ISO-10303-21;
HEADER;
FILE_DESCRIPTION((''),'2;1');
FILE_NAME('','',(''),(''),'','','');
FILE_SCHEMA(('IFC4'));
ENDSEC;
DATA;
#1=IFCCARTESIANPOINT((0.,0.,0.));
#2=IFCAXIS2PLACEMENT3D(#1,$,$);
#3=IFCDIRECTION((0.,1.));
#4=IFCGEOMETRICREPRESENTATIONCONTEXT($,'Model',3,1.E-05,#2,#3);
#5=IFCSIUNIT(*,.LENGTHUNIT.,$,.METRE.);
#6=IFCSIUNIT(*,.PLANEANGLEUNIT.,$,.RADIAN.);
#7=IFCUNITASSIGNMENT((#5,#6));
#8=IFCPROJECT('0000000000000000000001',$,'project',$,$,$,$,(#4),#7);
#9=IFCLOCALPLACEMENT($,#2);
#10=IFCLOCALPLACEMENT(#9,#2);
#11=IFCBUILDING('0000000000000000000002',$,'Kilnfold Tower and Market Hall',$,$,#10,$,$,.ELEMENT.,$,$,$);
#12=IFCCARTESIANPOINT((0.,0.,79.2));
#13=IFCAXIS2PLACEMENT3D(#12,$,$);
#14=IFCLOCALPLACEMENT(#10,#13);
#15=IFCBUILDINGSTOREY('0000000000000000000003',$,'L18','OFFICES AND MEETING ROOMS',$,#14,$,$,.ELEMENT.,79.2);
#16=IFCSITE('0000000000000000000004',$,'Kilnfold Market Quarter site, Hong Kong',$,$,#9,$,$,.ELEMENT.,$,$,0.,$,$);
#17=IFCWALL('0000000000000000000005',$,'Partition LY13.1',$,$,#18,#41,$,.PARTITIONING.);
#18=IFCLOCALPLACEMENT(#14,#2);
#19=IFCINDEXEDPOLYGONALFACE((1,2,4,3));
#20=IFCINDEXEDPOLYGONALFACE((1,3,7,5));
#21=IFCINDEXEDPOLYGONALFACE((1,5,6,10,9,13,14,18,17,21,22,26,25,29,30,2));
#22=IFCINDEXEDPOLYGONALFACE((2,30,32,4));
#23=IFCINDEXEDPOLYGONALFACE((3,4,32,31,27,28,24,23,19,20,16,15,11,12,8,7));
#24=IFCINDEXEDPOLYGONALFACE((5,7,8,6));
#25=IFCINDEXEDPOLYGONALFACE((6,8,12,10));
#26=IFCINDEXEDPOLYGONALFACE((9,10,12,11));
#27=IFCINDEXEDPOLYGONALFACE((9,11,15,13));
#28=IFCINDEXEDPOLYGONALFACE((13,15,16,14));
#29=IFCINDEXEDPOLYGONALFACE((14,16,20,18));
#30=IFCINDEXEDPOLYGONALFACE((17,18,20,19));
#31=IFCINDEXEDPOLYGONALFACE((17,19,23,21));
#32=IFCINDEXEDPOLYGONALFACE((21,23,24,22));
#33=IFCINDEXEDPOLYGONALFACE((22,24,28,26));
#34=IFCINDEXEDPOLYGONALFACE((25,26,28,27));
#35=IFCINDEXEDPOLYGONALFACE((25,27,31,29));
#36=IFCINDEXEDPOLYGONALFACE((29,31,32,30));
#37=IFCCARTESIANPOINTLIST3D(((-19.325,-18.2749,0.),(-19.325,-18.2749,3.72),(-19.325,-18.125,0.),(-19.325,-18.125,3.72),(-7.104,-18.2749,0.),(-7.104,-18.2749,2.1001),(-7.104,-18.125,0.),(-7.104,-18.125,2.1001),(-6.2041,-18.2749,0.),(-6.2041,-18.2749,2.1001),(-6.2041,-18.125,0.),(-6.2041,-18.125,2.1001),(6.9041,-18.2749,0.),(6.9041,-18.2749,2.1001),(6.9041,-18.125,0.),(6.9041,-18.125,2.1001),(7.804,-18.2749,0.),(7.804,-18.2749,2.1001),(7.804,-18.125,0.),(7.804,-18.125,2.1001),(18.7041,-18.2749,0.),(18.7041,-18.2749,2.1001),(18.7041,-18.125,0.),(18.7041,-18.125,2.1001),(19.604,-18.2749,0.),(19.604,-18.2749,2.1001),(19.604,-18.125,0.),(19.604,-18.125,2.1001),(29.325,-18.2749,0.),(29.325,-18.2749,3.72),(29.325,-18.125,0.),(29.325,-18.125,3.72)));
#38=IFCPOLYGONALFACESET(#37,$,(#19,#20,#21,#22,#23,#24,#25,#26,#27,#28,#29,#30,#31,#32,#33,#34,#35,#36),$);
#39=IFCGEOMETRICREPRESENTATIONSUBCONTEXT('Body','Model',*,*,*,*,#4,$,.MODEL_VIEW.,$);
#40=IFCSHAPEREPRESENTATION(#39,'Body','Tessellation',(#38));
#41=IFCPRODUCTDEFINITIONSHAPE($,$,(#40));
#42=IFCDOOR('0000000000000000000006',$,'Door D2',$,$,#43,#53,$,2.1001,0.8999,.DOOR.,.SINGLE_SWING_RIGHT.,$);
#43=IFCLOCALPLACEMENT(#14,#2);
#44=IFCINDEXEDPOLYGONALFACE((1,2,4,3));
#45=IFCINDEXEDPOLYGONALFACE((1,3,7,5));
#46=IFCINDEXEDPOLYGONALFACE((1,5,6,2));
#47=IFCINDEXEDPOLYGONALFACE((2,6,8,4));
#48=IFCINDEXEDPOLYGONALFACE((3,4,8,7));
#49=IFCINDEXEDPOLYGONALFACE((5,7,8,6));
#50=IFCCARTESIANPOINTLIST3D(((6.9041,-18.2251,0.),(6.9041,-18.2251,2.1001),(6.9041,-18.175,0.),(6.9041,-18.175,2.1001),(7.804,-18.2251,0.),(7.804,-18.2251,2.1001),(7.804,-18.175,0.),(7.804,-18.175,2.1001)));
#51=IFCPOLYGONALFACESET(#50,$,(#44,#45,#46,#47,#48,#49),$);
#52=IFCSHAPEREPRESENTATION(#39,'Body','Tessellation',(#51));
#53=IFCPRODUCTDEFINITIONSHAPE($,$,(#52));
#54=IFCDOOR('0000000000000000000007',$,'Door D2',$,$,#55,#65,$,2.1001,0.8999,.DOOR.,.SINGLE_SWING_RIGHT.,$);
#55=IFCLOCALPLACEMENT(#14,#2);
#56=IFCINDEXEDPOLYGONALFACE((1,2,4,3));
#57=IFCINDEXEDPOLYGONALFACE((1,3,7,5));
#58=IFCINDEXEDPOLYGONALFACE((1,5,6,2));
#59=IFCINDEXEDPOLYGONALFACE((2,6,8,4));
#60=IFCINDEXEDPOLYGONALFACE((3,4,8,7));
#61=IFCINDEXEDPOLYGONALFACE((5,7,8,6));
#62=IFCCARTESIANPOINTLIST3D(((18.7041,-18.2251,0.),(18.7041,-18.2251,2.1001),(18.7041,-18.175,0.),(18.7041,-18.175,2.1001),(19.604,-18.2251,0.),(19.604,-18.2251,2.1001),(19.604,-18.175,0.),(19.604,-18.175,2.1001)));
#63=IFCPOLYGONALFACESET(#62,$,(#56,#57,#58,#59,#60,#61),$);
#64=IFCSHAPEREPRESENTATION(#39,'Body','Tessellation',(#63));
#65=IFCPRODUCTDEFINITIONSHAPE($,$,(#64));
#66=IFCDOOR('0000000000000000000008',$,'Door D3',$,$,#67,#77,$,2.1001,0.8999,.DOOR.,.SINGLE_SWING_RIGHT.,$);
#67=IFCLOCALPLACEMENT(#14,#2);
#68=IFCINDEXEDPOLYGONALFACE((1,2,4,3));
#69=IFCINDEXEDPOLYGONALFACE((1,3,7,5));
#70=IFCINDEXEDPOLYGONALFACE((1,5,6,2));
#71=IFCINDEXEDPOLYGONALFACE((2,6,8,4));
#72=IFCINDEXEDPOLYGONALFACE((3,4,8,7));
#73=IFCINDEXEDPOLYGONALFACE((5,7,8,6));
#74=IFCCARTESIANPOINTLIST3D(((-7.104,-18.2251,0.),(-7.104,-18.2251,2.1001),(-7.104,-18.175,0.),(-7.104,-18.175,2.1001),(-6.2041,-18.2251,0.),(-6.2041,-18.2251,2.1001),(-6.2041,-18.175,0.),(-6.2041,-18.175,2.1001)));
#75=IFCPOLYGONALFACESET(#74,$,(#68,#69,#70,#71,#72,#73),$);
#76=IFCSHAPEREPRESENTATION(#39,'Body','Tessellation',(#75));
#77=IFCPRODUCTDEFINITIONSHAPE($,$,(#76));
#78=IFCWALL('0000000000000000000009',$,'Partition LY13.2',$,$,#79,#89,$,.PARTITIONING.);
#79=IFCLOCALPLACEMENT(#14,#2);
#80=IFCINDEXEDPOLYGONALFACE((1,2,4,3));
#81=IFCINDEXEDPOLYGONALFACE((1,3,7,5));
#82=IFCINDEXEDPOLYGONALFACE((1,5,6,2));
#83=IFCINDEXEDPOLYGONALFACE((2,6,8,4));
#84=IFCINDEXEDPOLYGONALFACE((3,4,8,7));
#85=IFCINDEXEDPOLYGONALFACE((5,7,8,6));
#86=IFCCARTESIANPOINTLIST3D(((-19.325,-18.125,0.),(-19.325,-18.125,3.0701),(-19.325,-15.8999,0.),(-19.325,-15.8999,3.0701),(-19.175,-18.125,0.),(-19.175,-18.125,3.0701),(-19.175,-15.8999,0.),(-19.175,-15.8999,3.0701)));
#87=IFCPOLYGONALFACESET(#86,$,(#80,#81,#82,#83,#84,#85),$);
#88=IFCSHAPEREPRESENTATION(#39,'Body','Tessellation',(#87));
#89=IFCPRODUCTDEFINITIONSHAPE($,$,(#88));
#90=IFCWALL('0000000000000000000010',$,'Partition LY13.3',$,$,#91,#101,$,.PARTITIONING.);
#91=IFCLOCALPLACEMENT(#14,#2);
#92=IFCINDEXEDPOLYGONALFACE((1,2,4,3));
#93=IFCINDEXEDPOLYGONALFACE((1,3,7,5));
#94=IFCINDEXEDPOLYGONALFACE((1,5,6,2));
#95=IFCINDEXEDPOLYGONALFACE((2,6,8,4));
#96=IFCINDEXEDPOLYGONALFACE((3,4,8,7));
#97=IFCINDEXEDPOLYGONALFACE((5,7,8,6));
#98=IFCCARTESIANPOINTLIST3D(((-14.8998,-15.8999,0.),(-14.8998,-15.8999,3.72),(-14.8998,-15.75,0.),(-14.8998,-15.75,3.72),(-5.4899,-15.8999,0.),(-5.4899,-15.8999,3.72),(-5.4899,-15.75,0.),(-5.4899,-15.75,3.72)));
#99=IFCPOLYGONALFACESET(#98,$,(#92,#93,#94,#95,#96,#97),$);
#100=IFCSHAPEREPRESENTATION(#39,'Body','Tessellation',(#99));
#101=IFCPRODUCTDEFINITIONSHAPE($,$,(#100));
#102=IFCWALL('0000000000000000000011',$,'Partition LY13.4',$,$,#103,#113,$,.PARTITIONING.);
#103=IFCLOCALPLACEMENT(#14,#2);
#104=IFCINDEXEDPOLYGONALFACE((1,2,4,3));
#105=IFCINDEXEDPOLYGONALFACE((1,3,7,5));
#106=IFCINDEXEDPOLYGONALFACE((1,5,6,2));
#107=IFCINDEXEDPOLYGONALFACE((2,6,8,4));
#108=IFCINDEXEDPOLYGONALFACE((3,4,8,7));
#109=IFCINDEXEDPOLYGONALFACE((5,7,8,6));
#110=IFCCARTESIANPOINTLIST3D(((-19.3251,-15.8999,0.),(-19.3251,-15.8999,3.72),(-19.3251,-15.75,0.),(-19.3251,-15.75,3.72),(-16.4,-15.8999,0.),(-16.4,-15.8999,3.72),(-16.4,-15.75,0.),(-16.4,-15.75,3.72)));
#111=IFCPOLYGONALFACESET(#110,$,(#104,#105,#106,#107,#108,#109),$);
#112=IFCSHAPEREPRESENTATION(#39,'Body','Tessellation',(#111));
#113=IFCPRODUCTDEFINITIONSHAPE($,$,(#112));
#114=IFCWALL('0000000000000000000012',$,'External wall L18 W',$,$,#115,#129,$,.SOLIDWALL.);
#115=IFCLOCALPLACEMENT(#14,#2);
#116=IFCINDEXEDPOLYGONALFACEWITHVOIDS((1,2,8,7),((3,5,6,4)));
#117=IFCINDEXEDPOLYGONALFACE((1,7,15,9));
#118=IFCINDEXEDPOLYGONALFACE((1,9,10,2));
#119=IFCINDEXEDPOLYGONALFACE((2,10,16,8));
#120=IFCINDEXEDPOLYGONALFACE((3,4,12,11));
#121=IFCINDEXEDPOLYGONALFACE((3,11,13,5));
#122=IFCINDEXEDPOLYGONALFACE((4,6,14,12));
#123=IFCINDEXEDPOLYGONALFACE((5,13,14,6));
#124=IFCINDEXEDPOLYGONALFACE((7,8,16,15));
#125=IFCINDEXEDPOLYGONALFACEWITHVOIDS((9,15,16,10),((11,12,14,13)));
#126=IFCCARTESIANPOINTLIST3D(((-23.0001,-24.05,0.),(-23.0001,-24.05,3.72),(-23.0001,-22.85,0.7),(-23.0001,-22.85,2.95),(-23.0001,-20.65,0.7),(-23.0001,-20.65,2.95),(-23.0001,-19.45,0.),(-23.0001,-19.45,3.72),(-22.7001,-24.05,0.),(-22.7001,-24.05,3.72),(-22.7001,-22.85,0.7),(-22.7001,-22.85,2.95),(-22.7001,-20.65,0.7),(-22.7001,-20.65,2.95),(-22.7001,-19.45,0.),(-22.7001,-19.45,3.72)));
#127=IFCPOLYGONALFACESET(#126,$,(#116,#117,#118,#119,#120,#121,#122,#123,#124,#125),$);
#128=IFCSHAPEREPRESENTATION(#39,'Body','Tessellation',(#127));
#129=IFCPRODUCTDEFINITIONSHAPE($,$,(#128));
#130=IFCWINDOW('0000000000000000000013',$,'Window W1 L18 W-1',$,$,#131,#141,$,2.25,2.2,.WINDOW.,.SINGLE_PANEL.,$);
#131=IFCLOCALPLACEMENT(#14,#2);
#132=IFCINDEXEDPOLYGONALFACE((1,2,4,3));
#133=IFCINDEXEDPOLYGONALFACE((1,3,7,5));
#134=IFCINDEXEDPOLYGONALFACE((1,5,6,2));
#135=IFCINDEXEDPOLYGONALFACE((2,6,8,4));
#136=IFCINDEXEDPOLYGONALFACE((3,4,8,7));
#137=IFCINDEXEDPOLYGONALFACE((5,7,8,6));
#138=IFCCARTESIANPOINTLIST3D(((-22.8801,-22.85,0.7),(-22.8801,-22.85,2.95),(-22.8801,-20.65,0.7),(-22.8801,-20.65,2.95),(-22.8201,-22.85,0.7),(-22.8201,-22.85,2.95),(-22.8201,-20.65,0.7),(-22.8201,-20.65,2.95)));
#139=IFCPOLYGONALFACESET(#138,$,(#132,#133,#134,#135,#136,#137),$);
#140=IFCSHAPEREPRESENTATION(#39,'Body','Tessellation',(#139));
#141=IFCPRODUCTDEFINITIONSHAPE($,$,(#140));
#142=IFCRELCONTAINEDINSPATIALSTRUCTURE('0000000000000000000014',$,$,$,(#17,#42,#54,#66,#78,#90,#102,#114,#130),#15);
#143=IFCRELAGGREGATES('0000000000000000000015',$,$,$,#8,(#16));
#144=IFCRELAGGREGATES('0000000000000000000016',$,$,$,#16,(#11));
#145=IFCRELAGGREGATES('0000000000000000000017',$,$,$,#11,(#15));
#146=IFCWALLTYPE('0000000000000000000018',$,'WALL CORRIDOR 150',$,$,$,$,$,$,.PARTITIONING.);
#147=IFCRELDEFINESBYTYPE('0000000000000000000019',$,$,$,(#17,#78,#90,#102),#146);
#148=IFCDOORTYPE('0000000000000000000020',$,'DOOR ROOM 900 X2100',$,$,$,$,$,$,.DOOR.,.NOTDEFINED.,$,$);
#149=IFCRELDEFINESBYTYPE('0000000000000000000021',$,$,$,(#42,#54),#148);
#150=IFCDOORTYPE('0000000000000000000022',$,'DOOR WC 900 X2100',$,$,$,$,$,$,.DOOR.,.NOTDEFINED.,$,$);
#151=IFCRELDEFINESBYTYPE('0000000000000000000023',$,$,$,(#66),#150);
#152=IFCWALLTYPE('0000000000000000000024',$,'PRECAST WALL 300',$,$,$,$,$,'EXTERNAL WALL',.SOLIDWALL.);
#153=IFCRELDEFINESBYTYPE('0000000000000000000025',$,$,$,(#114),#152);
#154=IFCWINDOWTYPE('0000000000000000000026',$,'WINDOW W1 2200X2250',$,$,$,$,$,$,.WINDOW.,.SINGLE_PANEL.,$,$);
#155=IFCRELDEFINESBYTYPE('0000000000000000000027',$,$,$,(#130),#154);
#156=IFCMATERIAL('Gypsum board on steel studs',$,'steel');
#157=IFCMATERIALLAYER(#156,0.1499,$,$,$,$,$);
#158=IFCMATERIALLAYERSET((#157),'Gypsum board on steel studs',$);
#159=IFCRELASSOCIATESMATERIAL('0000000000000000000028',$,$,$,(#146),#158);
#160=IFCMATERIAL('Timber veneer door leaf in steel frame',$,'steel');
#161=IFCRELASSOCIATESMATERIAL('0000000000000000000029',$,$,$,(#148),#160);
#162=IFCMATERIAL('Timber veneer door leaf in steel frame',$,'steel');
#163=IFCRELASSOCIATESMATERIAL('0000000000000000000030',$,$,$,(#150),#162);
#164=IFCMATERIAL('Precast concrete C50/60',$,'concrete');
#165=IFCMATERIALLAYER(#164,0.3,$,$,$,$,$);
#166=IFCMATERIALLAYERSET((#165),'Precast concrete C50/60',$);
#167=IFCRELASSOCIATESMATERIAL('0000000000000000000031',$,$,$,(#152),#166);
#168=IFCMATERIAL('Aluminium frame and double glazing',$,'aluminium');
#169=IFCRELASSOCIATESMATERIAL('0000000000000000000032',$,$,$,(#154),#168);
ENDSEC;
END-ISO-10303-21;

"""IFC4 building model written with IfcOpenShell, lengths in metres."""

from ifc_helpers import new_model, si_unit, direction, frame, frame_2d, origin, place, context, subcontext, project, spatial, rectangle, extrude, source, transform, mapped, material, layer, layer_set, type_object, element, fill, save


model = new_model("IFC4")

# Units and contexts
model_context = context("Model", 3, precision=1e-05, world=origin(), true_north=direction((0.0, 1.0)))
body_context = subcontext(model_context, "Body", "Model", "MODEL_VIEW")
ifc_project = project(units=[si_unit("LENGTHUNIT", "METRE"), si_unit("PLANEANGLEUNIT", "RADIAN")], contexts=[model_context])

# Site, building, storey
site_placement = place(None, origin())
site = spatial("IfcSite", under=ifc_project, at=site_placement, Name="Kilnfold Market Quarter site, Hong Kong", CompositionType="ELEMENT", RefElevation=0.0)
building_placement = place(site_placement, origin())
building = spatial("IfcBuilding", under=site, at=building_placement, Name="Kilnfold Tower and Market Hall", CompositionType="ELEMENT")
storey_placement = place(building_placement, frame((0.0, 0.0, 79.2)))
storey = spatial("IfcBuildingStorey", under=building, at=storey_placement, Name="L18", Description="OFFICES AND MEETING ROOMS", CompositionType="ELEMENT", Elevation=79.2)

# Wall, openings, doors
ifc_material_1 = material(Name="Gypsum board on steel studs", Category="steel")
ifc_layer_1 = layer(ifc_material_1, 0.1499)
ifc_layer_set_1 = layer_set([ifc_layer_1], Name="Gypsum board on steel studs")
wall_type_1 = type_object("IfcWallType", Name="WALL CORRIDOR 150", PredefinedType="PARTITIONING", material=ifc_layer_set_1)
wall_1_placement = place(storey_placement, frame((-19.325, -18.2, 0.0), z_axis=(0.0, 0.0, 1.0), x_axis=(1.0, 0.0, 0.0)))
wall_1 = element("IfcWall", 1, at=wall_1_placement, inside=storey, type_object=wall_type_1, Name="Partition LY13.1", PredefinedType="PARTITIONING", context=body_context, shape_type="SweptSolid", body=[
    extrude(rectangle(XDim=48.6499, YDim=0.1499, at=frame_2d((24.325, 0.0))), origin(), (0.0, 0.0, 1.0), 3.72),
])
opening_1_placement = place(wall_1_placement, frame((12.2209, 0.0, 0.0)))
opening_1 = element("IfcOpeningElement", 2, at=opening_1_placement, cuts=wall_1, PredefinedType="OPENING", context=body_context, shape_type="SweptSolid", body=[
    extrude(rectangle(XDim=0.8999, YDim=2.1001, at=frame_2d((0.45, 1.05))), frame((0.0, 0.085, 0.0), z_axis=(0.0, -1.0, 0.0), x_axis=(1.0, 0.0, 0.0)), (0.0, 0.0, 1.0), 0.1699),
])
opening_2_placement = place(wall_1_placement, frame((26.229, 0.0, 0.0)))
opening_2 = element("IfcOpeningElement", 3, at=opening_2_placement, cuts=wall_1, PredefinedType="OPENING", context=body_context, shape_type="SweptSolid", body=[
    extrude(rectangle(XDim=0.8999, YDim=2.1001, at=frame_2d((0.45, 1.05))), frame((0.0, 0.085, 0.0), z_axis=(0.0, -1.0, 0.0), x_axis=(1.0, 0.0, 0.0)), (0.0, 0.0, 1.0), 0.1699),
])
opening_3_placement = place(wall_1_placement, frame((38.0291, 0.0, 0.0)))
opening_3 = element("IfcOpeningElement", 4, at=opening_3_placement, cuts=wall_1, PredefinedType="OPENING", context=body_context, shape_type="SweptSolid", body=[
    extrude(rectangle(XDim=0.8999, YDim=2.1001, at=frame_2d((0.45, 1.05))), frame((0.0, 0.085, 0.0), z_axis=(0.0, -1.0, 0.0), x_axis=(1.0, 0.0, 0.0)), (0.0, 0.0, 1.0), 0.1699),
])
ifc_material_2 = material(Name="Timber veneer door leaf in steel frame", Category="steel")
door_type_1 = type_object("IfcDoorType", Name="DOOR ROOM 900 X2100", OperationType="NOTDEFINED", PredefinedType="DOOR", material=ifc_material_2)
door_1_placement = place(opening_2_placement, origin())
door_1 = element("IfcDoor", 5, at=door_1_placement, inside=storey, type_object=door_type_1, Name="Door D2", OperationType="SINGLE_SWING_RIGHT", OverallHeight=2.1001, OverallWidth=0.8999, PredefinedType="DOOR", context=body_context, shape_type="SweptSolid", body=[
    extrude(rectangle(XDim=0.8999, YDim=2.1001, at=frame_2d((0.45, 1.05))), frame((0.0, 0.0249, 0.0), z_axis=(0.0, -1.0, 0.0), x_axis=(1.0, 0.0, 0.0)), (0.0, 0.0, 1.0), 0.05),
])
fill(opening_2, door_1)
door_2_placement = place(opening_3_placement, origin())
door_2 = element("IfcDoor", 6, at=door_2_placement, inside=storey, type_object=door_type_1, Name="Door D2", OperationType="SINGLE_SWING_RIGHT", OverallHeight=2.1001, OverallWidth=0.8999, PredefinedType="DOOR", context=body_context, shape_type="SweptSolid", body=[
    extrude(rectangle(XDim=0.8999, YDim=2.1001, at=frame_2d((0.45, 1.05))), frame((0.0, 0.0249, 0.0), z_axis=(0.0, -1.0, 0.0), x_axis=(1.0, 0.0, 0.0)), (0.0, 0.0, 1.0), 0.05),
])
fill(opening_3, door_2)
ifc_material_3 = material(Name="Timber veneer door leaf in steel frame", Category="steel")
door_type_2 = type_object("IfcDoorType", Name="DOOR WC 900 X2100", OperationType="NOTDEFINED", PredefinedType="DOOR", material=ifc_material_3)
door_3_placement = place(opening_1_placement, origin())
door_3 = element("IfcDoor", 7, at=door_3_placement, inside=storey, type_object=door_type_2, Name="Door D3", OperationType="SINGLE_SWING_RIGHT", OverallHeight=2.1001, OverallWidth=0.8999, PredefinedType="DOOR", context=body_context, shape_type="SweptSolid", body=[
    extrude(rectangle(XDim=0.8999, YDim=2.1001, at=frame_2d((0.45, 1.05))), frame((0.0, 0.0249, 0.0), z_axis=(0.0, -1.0, 0.0), x_axis=(1.0, 0.0, 0.0)), (0.0, 0.0, 1.0), 0.05),
])
fill(opening_1, door_3)

# Walls
wall_2_placement = place(storey_placement, frame((-19.25, -18.125, 0.0), z_axis=(0.0, 0.0, 1.0), x_axis=(0.0, 1.0, 0.0)))
element("IfcWall", 8, at=wall_2_placement, inside=storey, type_object=wall_type_1, Name="Partition LY13.2", PredefinedType="PARTITIONING", context=body_context, shape_type="SweptSolid", body=[
    extrude(rectangle(XDim=2.2251, YDim=0.1499, at=frame_2d((1.1125, 0.0))), origin(), (0.0, 0.0, 1.0), 3.0701),
])
wall_3_placement = place(storey_placement, frame((-14.8999, -15.825, 0.0), z_axis=(0.0, 0.0, 1.0), x_axis=(1.0, 0.0, 0.0)))
element("IfcWall", 9, at=wall_3_placement, inside=storey, type_object=wall_type_1, Name="Partition LY13.3", PredefinedType="PARTITIONING", context=body_context, shape_type="SweptSolid", body=[
    extrude(rectangle(XDim=9.4099, YDim=0.1499, at=frame_2d((4.7051, 0.0))), origin(), (0.0, 0.0, 1.0), 3.72),
])
wall_4_placement = place(storey_placement, frame((-19.325, -15.825, 0.0), z_axis=(0.0, 0.0, 1.0), x_axis=(1.0, 0.0, 0.0)))
element("IfcWall", 10, at=wall_4_placement, inside=storey, type_object=wall_type_1, Name="Partition LY13.4", PredefinedType="PARTITIONING", context=body_context, shape_type="SweptSolid", body=[
    extrude(rectangle(XDim=2.925, YDim=0.1499, at=frame_2d((1.4624, 0.0))), origin(), (0.0, 0.0, 1.0), 3.72),
])

# Wall, opening, window
ifc_material_4 = material(Name="Precast concrete C50/60", Category="concrete")
ifc_layer_2 = layer(ifc_material_4, 0.3)
ifc_layer_set_2 = layer_set([ifc_layer_2], Name="Precast concrete C50/60")
wall_type_2 = type_object("IfcWallType", Name="PRECAST WALL 300", ElementType="EXTERNAL WALL", PredefinedType="SOLIDWALL", material=ifc_layer_set_2)
shared_shape_1 = source(origin(), body_context, "Body", "SweptSolid", [
    extrude(rectangle(XDim=4.6001, YDim=0.3, at=frame_2d((2.3, 0.0))), origin(), (0.0, 0.0, 1.0), 3.72),
])
wall_5_placement = place(storey_placement, frame((-22.8501, -19.45, 0.0), z_axis=(0.0, 0.0, 1.0), x_axis=(0.0, -1.0, 0.0)))
wall_5 = element("IfcWall", 11, at=wall_5_placement, inside=storey, type_object=wall_type_2, Name="External wall L18 W", PredefinedType="SOLIDWALL", context=body_context, shape_type="MappedRepresentation", body=[
    mapped(shared_shape_1, transform((0.0, 0.0, 0.0))),
])
opening_4_placement = place(wall_5_placement, frame((1.2, 0.0, 0.7)))
opening_4 = element("IfcOpeningElement", 12, at=opening_4_placement, cuts=wall_5, PredefinedType="OPENING", context=body_context, shape_type="SweptSolid", body=[
    extrude(rectangle(XDim=2.2, YDim=2.25, at=frame_2d((1.1001, 1.125))), frame((0.0, 0.1602, 0.0), z_axis=(0.0, -1.0, 0.0), x_axis=(1.0, 0.0, 0.0)), (0.0, 0.0, 1.0), 0.3201),
])
ifc_material_5 = material(Name="Aluminium frame and double glazing", Category="aluminium")
window_type = type_object("IfcWindowType", Name="WINDOW W1 2200X2250", PartitioningType="SINGLE_PANEL", PredefinedType="WINDOW", material=ifc_material_5)
window_1_placement = place(opening_4_placement, origin())
window_1 = element("IfcWindow", 13, at=window_1_placement, inside=storey, type_object=window_type, Name="Window W1 L18 W-1", OverallHeight=2.25, OverallWidth=2.2, PartitioningType="SINGLE_PANEL", PredefinedType="WINDOW", context=body_context, shape_type="SweptSolid", body=[
    extrude(rectangle(XDim=2.2, YDim=2.25, at=frame_2d((1.1001, 1.125))), frame((0.0, 0.03, 0.0), z_axis=(0.0, -1.0, 0.0), x_axis=(1.0, 0.0, 0.0)), (0.0, 0.0, 1.0), 0.0601),
])
fill(opening_4, window_1)

save(model, "model.ifc")
